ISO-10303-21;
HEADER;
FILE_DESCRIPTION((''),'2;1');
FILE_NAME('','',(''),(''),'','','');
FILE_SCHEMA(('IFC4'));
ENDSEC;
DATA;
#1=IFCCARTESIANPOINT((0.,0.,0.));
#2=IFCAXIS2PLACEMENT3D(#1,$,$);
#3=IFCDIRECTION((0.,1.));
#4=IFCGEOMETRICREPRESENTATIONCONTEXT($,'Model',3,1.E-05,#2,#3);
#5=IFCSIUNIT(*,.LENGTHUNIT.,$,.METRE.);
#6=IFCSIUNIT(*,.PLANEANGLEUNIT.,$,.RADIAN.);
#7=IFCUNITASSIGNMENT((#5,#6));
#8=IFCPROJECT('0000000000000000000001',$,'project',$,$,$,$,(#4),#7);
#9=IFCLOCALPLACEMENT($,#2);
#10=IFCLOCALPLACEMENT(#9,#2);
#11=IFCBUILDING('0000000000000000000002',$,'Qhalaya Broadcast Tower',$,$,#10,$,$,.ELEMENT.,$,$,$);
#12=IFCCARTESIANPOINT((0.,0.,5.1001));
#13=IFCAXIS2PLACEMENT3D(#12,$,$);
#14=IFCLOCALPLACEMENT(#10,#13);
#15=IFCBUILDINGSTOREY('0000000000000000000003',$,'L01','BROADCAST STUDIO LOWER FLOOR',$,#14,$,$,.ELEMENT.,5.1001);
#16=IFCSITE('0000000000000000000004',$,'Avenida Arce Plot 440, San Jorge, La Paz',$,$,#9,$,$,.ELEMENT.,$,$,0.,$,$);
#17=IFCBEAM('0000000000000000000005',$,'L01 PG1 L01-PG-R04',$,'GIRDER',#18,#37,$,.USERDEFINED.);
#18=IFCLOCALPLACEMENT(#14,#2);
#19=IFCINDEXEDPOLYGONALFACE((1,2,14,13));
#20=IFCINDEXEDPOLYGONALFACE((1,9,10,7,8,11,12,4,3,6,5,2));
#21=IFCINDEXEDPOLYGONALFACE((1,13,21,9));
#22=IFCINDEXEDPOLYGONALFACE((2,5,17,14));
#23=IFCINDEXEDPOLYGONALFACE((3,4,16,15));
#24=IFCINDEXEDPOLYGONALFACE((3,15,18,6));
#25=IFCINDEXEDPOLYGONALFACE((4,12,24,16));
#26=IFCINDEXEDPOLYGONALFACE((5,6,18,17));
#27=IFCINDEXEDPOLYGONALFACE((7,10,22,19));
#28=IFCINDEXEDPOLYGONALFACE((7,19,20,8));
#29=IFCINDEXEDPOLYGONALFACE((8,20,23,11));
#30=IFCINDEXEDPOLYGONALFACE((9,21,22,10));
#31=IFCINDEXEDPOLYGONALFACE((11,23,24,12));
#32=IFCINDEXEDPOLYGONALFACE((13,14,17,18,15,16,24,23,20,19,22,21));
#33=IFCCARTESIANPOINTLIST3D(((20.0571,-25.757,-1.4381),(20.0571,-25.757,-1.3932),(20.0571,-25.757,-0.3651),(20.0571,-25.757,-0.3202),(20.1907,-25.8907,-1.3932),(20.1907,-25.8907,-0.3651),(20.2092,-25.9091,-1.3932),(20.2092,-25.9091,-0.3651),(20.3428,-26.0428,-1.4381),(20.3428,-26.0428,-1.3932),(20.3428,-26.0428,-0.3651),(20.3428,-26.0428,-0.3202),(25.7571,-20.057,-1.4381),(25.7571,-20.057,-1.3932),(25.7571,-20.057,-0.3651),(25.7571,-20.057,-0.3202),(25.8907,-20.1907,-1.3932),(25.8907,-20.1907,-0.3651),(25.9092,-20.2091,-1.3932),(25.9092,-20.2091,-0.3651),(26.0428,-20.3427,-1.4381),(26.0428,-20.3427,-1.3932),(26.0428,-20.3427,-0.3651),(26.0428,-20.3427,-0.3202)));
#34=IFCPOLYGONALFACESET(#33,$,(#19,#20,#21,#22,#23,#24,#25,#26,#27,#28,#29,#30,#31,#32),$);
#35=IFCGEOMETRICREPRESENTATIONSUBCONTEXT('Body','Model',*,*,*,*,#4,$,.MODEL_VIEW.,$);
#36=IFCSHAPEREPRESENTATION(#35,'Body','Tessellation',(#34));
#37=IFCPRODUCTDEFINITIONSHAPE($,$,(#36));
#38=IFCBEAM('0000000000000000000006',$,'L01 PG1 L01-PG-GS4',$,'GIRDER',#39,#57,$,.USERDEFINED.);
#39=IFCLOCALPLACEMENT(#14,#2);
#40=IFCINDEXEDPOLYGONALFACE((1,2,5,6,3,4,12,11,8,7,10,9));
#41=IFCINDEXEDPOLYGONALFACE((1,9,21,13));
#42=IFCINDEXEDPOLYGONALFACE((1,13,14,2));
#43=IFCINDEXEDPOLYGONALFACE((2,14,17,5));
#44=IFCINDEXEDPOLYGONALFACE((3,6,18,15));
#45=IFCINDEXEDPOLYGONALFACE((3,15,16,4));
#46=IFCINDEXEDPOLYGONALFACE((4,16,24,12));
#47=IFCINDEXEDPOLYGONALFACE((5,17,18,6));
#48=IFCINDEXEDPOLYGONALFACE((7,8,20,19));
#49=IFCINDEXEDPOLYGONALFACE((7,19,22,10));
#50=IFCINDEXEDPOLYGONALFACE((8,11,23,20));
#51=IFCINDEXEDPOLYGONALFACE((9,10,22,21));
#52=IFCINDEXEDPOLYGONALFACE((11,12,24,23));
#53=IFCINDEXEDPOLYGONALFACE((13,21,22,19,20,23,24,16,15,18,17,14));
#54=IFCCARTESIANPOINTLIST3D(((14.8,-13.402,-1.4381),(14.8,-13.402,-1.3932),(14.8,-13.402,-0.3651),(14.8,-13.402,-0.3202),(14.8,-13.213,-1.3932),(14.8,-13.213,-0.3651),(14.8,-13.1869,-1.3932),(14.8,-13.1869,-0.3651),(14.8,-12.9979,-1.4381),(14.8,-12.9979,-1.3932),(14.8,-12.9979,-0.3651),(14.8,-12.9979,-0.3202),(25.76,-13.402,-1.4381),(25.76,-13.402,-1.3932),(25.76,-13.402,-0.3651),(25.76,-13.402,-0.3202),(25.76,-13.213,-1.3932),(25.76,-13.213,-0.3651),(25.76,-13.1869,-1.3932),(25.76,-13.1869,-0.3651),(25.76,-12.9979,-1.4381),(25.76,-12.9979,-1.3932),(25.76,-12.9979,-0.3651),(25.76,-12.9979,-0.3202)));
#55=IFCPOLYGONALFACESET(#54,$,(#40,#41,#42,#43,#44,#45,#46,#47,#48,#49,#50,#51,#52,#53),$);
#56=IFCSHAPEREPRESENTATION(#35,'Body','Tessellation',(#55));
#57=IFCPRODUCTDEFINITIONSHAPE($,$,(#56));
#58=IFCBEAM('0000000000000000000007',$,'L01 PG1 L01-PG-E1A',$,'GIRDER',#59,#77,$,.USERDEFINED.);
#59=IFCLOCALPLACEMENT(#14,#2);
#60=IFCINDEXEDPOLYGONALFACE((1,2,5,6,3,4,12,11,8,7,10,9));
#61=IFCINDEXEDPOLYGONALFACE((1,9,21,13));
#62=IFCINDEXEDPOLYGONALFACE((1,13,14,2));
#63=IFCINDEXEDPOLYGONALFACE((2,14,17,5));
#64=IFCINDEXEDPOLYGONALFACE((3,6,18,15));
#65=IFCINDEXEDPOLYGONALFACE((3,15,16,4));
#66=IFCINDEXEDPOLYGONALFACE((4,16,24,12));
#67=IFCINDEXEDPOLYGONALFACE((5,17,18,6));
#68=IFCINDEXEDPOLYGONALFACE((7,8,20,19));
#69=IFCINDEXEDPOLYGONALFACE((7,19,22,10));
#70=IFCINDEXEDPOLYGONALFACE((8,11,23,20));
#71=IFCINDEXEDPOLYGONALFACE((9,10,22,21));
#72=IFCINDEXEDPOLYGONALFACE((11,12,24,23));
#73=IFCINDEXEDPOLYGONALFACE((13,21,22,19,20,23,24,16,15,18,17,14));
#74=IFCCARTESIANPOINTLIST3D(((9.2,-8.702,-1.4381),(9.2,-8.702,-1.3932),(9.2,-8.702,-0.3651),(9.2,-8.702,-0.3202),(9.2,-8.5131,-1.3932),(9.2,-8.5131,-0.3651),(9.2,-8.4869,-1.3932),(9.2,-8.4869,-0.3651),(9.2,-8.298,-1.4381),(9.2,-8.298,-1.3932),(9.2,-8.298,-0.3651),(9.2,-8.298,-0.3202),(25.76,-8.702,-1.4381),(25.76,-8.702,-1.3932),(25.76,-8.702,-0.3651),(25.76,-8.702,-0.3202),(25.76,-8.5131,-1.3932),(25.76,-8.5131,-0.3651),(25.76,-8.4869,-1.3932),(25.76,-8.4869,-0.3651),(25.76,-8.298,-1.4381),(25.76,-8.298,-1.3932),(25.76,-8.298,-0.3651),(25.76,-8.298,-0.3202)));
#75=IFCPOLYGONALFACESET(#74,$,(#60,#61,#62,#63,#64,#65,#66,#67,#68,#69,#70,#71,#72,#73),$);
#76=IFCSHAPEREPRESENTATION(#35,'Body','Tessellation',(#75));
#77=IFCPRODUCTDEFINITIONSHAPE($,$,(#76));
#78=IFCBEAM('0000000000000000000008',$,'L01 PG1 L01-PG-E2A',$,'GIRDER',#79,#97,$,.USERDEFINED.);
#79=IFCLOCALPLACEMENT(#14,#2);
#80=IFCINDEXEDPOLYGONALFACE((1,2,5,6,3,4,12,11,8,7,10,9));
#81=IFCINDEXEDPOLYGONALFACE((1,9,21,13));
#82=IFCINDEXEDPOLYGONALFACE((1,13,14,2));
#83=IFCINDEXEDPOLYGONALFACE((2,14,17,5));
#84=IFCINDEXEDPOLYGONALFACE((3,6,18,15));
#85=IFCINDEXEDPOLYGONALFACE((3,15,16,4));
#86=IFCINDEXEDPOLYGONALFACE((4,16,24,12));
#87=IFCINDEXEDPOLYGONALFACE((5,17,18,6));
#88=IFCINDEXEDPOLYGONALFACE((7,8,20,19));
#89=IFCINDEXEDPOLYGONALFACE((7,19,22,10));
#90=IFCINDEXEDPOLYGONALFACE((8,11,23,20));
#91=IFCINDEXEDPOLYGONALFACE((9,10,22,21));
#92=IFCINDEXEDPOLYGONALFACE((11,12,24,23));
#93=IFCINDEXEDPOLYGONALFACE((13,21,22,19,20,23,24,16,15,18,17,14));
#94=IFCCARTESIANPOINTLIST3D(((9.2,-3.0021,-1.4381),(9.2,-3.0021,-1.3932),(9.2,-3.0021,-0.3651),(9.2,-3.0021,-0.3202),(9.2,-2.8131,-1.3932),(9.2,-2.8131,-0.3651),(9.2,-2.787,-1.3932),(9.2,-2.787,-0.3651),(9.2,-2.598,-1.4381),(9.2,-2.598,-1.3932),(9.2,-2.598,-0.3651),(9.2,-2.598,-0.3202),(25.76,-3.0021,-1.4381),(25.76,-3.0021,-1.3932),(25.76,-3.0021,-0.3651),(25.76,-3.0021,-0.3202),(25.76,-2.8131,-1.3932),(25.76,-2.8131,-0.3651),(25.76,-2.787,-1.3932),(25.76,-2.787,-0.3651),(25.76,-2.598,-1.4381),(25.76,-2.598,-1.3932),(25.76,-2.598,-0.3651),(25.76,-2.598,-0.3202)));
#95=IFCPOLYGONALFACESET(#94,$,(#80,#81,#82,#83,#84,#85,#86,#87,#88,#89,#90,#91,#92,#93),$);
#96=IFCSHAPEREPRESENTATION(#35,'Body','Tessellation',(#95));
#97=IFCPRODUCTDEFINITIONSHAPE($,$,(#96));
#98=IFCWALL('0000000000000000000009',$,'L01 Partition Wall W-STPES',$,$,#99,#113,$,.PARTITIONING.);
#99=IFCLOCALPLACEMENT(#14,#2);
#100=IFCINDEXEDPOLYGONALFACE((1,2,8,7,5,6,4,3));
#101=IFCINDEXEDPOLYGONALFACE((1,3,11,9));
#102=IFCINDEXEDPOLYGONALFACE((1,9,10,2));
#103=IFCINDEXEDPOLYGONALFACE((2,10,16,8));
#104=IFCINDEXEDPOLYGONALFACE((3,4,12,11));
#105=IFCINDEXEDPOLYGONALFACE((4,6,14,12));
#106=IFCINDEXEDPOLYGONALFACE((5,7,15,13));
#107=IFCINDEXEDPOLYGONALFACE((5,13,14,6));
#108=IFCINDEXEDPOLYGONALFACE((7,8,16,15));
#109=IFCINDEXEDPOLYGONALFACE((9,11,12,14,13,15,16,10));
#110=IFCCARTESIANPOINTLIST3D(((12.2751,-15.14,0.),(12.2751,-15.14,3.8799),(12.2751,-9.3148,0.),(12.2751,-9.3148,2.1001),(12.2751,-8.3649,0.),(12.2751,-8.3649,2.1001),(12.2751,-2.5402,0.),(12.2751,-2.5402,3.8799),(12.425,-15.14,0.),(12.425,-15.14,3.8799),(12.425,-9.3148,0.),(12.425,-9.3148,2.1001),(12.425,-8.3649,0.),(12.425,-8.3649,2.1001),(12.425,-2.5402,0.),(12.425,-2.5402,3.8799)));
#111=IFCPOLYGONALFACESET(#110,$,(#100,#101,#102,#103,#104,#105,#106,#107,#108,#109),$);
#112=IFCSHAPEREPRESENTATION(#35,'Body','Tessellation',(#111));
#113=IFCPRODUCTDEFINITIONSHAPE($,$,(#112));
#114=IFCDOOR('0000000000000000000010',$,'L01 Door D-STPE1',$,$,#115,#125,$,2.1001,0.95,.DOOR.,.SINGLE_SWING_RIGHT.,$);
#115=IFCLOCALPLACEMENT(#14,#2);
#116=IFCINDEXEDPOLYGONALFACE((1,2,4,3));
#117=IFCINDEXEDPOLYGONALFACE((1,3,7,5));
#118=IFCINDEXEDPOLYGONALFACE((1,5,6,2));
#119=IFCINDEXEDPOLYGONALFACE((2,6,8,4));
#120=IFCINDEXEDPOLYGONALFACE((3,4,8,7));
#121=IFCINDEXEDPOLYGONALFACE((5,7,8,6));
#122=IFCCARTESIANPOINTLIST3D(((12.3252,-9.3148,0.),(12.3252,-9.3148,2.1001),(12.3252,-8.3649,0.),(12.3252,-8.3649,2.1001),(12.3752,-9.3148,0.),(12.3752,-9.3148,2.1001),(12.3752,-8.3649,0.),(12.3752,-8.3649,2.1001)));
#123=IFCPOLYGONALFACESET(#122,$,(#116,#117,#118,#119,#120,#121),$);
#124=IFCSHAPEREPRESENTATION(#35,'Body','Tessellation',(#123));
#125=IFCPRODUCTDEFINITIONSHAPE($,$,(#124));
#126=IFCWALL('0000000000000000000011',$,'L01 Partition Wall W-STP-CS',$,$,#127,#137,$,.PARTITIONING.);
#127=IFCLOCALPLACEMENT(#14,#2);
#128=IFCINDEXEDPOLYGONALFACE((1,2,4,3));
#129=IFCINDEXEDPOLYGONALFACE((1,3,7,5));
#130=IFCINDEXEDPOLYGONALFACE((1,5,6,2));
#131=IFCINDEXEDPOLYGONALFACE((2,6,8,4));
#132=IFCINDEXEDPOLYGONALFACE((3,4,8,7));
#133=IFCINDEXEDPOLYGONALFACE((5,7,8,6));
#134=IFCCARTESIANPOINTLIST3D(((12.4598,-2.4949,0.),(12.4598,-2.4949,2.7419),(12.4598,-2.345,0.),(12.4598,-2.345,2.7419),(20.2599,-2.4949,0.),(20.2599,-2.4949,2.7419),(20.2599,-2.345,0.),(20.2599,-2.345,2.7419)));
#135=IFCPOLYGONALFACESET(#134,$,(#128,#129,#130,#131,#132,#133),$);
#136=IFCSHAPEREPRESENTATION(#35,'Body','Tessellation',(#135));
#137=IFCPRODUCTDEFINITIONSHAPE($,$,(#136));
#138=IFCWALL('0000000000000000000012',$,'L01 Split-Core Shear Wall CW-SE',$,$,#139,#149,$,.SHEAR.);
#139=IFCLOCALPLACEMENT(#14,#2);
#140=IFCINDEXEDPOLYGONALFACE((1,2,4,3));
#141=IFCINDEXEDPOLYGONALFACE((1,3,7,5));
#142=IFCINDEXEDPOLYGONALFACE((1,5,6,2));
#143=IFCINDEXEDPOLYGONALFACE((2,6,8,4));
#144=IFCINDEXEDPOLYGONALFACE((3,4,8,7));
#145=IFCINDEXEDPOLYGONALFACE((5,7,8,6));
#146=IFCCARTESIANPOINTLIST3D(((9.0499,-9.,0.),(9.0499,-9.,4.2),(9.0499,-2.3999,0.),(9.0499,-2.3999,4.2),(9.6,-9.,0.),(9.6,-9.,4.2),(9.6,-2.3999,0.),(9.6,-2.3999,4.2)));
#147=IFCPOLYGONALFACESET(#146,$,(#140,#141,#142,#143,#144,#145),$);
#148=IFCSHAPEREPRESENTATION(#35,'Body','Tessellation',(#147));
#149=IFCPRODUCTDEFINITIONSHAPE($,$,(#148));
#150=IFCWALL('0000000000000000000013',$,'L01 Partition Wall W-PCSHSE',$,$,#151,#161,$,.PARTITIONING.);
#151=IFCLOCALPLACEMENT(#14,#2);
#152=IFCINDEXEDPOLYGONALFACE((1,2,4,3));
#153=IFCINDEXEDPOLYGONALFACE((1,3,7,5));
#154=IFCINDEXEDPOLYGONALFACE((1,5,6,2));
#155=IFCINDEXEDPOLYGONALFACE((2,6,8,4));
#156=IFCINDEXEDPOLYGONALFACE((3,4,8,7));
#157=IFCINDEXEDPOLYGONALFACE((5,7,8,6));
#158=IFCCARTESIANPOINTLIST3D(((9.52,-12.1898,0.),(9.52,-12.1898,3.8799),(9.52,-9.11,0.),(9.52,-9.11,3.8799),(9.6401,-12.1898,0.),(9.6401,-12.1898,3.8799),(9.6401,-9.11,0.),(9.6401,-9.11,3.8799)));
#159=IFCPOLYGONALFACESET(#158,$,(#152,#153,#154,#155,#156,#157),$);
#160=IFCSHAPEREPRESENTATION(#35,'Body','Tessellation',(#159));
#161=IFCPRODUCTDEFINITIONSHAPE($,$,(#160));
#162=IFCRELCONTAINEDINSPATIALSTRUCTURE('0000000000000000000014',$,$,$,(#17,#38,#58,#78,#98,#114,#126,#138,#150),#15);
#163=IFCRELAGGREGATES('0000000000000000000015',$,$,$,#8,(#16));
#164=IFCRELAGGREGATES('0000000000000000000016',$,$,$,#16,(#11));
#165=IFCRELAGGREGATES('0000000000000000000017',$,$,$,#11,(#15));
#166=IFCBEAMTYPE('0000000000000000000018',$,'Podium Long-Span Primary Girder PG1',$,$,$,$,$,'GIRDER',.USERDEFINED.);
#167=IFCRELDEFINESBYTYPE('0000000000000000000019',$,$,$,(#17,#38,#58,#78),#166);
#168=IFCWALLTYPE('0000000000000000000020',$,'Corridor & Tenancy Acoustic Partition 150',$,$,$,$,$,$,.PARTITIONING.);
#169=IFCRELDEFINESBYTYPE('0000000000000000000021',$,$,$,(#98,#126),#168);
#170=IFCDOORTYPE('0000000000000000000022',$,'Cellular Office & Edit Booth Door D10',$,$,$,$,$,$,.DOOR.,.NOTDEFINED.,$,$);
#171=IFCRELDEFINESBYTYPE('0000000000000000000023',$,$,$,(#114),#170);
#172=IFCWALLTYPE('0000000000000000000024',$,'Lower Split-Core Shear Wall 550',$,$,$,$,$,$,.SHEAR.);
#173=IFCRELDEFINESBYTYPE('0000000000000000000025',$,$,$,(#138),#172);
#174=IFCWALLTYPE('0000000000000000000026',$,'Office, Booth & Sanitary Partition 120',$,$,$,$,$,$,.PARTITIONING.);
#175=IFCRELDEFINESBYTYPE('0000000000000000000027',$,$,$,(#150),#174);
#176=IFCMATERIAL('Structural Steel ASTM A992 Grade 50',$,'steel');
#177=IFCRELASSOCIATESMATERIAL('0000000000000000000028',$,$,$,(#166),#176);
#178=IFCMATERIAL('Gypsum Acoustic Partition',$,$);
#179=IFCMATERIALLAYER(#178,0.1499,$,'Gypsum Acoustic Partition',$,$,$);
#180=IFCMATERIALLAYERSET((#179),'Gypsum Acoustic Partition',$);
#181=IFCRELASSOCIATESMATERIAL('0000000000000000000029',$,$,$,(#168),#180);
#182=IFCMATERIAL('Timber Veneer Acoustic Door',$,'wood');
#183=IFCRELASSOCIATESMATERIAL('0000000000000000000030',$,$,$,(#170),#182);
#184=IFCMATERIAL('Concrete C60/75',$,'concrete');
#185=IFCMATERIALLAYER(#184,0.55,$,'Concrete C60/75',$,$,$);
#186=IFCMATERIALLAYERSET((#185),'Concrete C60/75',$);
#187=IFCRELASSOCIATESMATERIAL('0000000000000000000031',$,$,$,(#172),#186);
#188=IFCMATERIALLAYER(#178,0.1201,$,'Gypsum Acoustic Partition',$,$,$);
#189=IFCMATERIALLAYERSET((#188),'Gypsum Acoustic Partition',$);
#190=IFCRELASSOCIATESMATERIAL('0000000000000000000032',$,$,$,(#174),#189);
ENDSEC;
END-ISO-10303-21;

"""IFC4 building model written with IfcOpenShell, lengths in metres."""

from ifc_helpers import new_model, si_unit, direction, frame, frame_2d, origin, origin_2d, place, context, subcontext, project, spatial, rectangle, i_section, extrude, material, layer, layer_set, material_profile, profile_set, type_object, element, fill, save


model = new_model("IFC4")

# Units and contexts
model_context = context("Model", 3, precision=1e-05, world=origin(), true_north=direction((0.0, 1.0)))
body_context = subcontext(model_context, "Body", "Model", "MODEL_VIEW")
ifc_project = project(units=[si_unit("LENGTHUNIT", "METRE"), si_unit("PLANEANGLEUNIT", "RADIAN")], contexts=[model_context])

# Site, building, storey
site_placement = place(None, origin())
site = spatial("IfcSite", under=ifc_project, at=site_placement, Name="Avenida Arce Plot 440, San Jorge, La Paz", CompositionType="ELEMENT", RefElevation=0.0)
building_placement = place(site_placement, origin())
building = spatial("IfcBuilding", under=site, at=building_placement, Name="Qhalaya Broadcast Tower", CompositionType="ELEMENT")
storey_placement = place(building_placement, frame((0.0, 0.0, 5.1001)))
storey = spatial("IfcBuildingStorey", under=building, at=storey_placement, Name="L01", Description="BROADCAST STUDIO LOWER FLOOR", CompositionType="ELEMENT", Elevation=5.1001)

# Shared definitions
ifc_material_1 = material(Name="Concrete C60/75", Category="concrete")

# Beams
ifc_material_2 = material(Name="Structural Steel ASTM A992 Grade 50", Category="steel")
ifc_material_profile_1 = material_profile(ifc_material_2, i_section(OverallWidth=0.4041, OverallDepth=1.1179, WebThickness=0.0261, FlangeThickness=0.0449, at=origin_2d()), Name="W44X335")
ifc_profile_set_1 = profile_set([ifc_material_profile_1], Name="Structural Steel ASTM A992 Grade 50")
beam_type_1 = type_object("IfcBeamType", Name="Podium Long-Span Primary Girder PG1", ElementType="GIRDER", PredefinedType="USERDEFINED", material=ifc_profile_set_1)
beam_1_placement = place(storey_placement, frame((20.2, -25.8999, -0.8792), z_axis=(0.707107, 0.707107, 0.0), x_axis=(-0.707107, 0.707107, 0.0)))
element("IfcBeam", 1, at=beam_1_placement, inside=storey, type_object=beam_type_1, Name="L01 PG1 L01-PG-R04", ObjectType="GIRDER", PredefinedType="USERDEFINED", context=body_context, shape_type="SweptSolid", body=[
    extrude(i_section(OverallWidth=0.4041, OverallDepth=1.1179, WebThickness=0.0261, FlangeThickness=0.0449, at=origin_2d()), origin(), (0.0, 0.0, 1.0), 8.061),
])
beam_2_placement = place(storey_placement, frame((14.8, -13.2, -0.8792), z_axis=(1.0, 0.0, 0.0), x_axis=(0.0, 1.0, 0.0)))
element("IfcBeam", 2, at=beam_2_placement, inside=storey, type_object=beam_type_1, Name="L01 PG1 L01-PG-GS4", ObjectType="GIRDER", PredefinedType="USERDEFINED", context=body_context, shape_type="SweptSolid", body=[
    extrude(i_section(OverallWidth=0.4041, OverallDepth=1.1179, WebThickness=0.0261, FlangeThickness=0.0449, at=origin_2d()), origin(), (0.0, 0.0, 1.0), 10.96),
])
for number, where, z_axis, x_axis, name in (
    (3, (9.2, -8.5, -0.8792), (1.0, 0.0, 0.0), (0.0, 1.0, 0.0), "L01 PG1 L01-PG-E1A"),
    (4, (9.2, -2.8, -0.8792), (1.0, 0.0, 0.0), (0.0, 1.0, 0.0), "L01 PG1 L01-PG-E2A"),
):
    element("IfcBeam", number, at=place(storey_placement, frame(where, z_axis=z_axis, x_axis=x_axis)), inside=storey, type_object=beam_type_1, Name=name, ObjectType="GIRDER", PredefinedType="USERDEFINED", context=body_context, shape_type="SweptSolid", body=[
        extrude(i_section(OverallWidth=0.4041, OverallDepth=1.1179, WebThickness=0.0261, FlangeThickness=0.0449, at=origin_2d()), origin(), (0.0, 0.0, 1.0), 16.5601),
    ])

# Wall, opening, door
ifc_material_3 = material(Name="Gypsum Acoustic Partition")
ifc_layer_1 = layer(ifc_material_3, 0.1499, Name="Gypsum Acoustic Partition")
ifc_layer_set_1 = layer_set([ifc_layer_1], Name="Gypsum Acoustic Partition")
wall_type_1 = type_object("IfcWallType", Name="Corridor & Tenancy Acoustic Partition 150", PredefinedType="PARTITIONING", material=ifc_layer_set_1)
wall_1_placement = place(storey_placement, frame((12.3501, -15.1399, 0.0), z_axis=(0.0, 0.0, 1.0), x_axis=(0.0, 1.0, 0.0)))
wall_1 = element("IfcWall", 5, at=wall_1_placement, inside=storey, type_object=wall_type_1, Name="L01 Partition Wall W-STPES", PredefinedType="PARTITIONING", context=body_context, shape_type="SweptSolid", body=[
    extrude(rectangle(XDim=12.5999, YDim=0.1499, at=frame_2d((6.2998, 0.0))), origin(), (0.0, 0.0, 1.0), 3.8799),
])
opening_placement = place(wall_1_placement, frame((5.825, 0.0, 0.0)))
opening = element("IfcOpeningElement", 6, at=opening_placement, cuts=wall_1, PredefinedType="OPENING", context=body_context, shape_type="SweptSolid", body=[
    extrude(rectangle(XDim=0.95, YDim=2.1001, at=frame_2d((0.4751, 1.05))), frame((0.0, 0.0869, 0.0), z_axis=(0.0, -1.0, 0.0), x_axis=(1.0, 0.0, 0.0)), (0.0, 0.0, 1.0), 0.1738),
])
ifc_material_4 = material(Name="Timber Veneer Acoustic Door", Category="wood")
door_type = type_object("IfcDoorType", Name="Cellular Office & Edit Booth Door D10", OperationType="NOTDEFINED", PredefinedType="DOOR", material=ifc_material_4)
door_placement = place(opening_placement, origin())
door = element("IfcDoor", 7, at=door_placement, inside=storey, type_object=door_type, Name="L01 Door D-STPE1", OperationType="SINGLE_SWING_RIGHT", OverallHeight=2.1001, OverallWidth=0.95, PredefinedType="DOOR", context=body_context, shape_type="SweptSolid", body=[
    extrude(rectangle(XDim=0.95, YDim=2.1001, at=frame_2d((0.4751, 1.05))), frame((0.0, 0.0249, 0.0), z_axis=(0.0, -1.0, 0.0), x_axis=(1.0, 0.0, 0.0)), (0.0, 0.0, 1.0), 0.05),
])
fill(opening, door)

# Walls
wall_2_placement = place(storey_placement, frame((12.46, -2.4199, 0.0), z_axis=(0.0, 0.0, 1.0), x_axis=(1.0, 0.0, 0.0)))
element("IfcWall", 8, at=wall_2_placement, inside=storey, type_object=wall_type_1, Name="L01 Partition Wall W-STP-CS", PredefinedType="PARTITIONING", context=body_context, shape_type="SweptSolid", body=[
    extrude(rectangle(XDim=7.8, YDim=0.1499, at=frame_2d((3.8999, 0.0))), origin(), (0.0, 0.0, 1.0), 2.7419),
])
ifc_layer_2 = layer(ifc_material_1, 0.55, Name="Concrete C60/75")
ifc_layer_set_2 = layer_set([ifc_layer_2], Name="Concrete C60/75")
wall_type_2 = type_object("IfcWallType", Name="Lower Split-Core Shear Wall 550", PredefinedType="SHEAR", material=ifc_layer_set_2)
wall_3_placement = place(storey_placement, frame((9.325, -9.0, 0.0), z_axis=(0.0, 0.0, 1.0), x_axis=(0.0, 1.0, 0.0)))
element("IfcWall", 9, at=wall_3_placement, inside=storey, type_object=wall_type_2, Name="L01 Split-Core Shear Wall CW-SE", PredefinedType="SHEAR", context=body_context, shape_type="SweptSolid", body=[
    extrude(rectangle(XDim=6.6001, YDim=0.55, at=frame_2d((3.3, 0.0))), origin(), (0.0, 0.0, 1.0), 4.2),
])
ifc_layer_3 = layer(ifc_material_3, 0.1201, Name="Gypsum Acoustic Partition")
ifc_layer_set_3 = layer_set([ifc_layer_3], Name="Gypsum Acoustic Partition")
wall_type_3 = type_object("IfcWallType", Name="Office, Booth & Sanitary Partition 120", PredefinedType="PARTITIONING", material=ifc_layer_set_3)
wall_4_placement = place(storey_placement, frame((9.5801, -12.1899, 0.0), z_axis=(0.0, 0.0, 1.0), x_axis=(0.0, 1.0, 0.0)))
element("IfcWall", 10, at=wall_4_placement, inside=storey, type_object=wall_type_3, Name="L01 Partition Wall W-PCSHSE", PredefinedType="PARTITIONING", context=body_context, shape_type="SweptSolid", body=[
    extrude(rectangle(XDim=3.0798, YDim=0.1201, at=frame_2d((1.54, 0.0))), origin(), (0.0, 0.0, 1.0), 3.8799),
])

save(model, "model.ifc")
